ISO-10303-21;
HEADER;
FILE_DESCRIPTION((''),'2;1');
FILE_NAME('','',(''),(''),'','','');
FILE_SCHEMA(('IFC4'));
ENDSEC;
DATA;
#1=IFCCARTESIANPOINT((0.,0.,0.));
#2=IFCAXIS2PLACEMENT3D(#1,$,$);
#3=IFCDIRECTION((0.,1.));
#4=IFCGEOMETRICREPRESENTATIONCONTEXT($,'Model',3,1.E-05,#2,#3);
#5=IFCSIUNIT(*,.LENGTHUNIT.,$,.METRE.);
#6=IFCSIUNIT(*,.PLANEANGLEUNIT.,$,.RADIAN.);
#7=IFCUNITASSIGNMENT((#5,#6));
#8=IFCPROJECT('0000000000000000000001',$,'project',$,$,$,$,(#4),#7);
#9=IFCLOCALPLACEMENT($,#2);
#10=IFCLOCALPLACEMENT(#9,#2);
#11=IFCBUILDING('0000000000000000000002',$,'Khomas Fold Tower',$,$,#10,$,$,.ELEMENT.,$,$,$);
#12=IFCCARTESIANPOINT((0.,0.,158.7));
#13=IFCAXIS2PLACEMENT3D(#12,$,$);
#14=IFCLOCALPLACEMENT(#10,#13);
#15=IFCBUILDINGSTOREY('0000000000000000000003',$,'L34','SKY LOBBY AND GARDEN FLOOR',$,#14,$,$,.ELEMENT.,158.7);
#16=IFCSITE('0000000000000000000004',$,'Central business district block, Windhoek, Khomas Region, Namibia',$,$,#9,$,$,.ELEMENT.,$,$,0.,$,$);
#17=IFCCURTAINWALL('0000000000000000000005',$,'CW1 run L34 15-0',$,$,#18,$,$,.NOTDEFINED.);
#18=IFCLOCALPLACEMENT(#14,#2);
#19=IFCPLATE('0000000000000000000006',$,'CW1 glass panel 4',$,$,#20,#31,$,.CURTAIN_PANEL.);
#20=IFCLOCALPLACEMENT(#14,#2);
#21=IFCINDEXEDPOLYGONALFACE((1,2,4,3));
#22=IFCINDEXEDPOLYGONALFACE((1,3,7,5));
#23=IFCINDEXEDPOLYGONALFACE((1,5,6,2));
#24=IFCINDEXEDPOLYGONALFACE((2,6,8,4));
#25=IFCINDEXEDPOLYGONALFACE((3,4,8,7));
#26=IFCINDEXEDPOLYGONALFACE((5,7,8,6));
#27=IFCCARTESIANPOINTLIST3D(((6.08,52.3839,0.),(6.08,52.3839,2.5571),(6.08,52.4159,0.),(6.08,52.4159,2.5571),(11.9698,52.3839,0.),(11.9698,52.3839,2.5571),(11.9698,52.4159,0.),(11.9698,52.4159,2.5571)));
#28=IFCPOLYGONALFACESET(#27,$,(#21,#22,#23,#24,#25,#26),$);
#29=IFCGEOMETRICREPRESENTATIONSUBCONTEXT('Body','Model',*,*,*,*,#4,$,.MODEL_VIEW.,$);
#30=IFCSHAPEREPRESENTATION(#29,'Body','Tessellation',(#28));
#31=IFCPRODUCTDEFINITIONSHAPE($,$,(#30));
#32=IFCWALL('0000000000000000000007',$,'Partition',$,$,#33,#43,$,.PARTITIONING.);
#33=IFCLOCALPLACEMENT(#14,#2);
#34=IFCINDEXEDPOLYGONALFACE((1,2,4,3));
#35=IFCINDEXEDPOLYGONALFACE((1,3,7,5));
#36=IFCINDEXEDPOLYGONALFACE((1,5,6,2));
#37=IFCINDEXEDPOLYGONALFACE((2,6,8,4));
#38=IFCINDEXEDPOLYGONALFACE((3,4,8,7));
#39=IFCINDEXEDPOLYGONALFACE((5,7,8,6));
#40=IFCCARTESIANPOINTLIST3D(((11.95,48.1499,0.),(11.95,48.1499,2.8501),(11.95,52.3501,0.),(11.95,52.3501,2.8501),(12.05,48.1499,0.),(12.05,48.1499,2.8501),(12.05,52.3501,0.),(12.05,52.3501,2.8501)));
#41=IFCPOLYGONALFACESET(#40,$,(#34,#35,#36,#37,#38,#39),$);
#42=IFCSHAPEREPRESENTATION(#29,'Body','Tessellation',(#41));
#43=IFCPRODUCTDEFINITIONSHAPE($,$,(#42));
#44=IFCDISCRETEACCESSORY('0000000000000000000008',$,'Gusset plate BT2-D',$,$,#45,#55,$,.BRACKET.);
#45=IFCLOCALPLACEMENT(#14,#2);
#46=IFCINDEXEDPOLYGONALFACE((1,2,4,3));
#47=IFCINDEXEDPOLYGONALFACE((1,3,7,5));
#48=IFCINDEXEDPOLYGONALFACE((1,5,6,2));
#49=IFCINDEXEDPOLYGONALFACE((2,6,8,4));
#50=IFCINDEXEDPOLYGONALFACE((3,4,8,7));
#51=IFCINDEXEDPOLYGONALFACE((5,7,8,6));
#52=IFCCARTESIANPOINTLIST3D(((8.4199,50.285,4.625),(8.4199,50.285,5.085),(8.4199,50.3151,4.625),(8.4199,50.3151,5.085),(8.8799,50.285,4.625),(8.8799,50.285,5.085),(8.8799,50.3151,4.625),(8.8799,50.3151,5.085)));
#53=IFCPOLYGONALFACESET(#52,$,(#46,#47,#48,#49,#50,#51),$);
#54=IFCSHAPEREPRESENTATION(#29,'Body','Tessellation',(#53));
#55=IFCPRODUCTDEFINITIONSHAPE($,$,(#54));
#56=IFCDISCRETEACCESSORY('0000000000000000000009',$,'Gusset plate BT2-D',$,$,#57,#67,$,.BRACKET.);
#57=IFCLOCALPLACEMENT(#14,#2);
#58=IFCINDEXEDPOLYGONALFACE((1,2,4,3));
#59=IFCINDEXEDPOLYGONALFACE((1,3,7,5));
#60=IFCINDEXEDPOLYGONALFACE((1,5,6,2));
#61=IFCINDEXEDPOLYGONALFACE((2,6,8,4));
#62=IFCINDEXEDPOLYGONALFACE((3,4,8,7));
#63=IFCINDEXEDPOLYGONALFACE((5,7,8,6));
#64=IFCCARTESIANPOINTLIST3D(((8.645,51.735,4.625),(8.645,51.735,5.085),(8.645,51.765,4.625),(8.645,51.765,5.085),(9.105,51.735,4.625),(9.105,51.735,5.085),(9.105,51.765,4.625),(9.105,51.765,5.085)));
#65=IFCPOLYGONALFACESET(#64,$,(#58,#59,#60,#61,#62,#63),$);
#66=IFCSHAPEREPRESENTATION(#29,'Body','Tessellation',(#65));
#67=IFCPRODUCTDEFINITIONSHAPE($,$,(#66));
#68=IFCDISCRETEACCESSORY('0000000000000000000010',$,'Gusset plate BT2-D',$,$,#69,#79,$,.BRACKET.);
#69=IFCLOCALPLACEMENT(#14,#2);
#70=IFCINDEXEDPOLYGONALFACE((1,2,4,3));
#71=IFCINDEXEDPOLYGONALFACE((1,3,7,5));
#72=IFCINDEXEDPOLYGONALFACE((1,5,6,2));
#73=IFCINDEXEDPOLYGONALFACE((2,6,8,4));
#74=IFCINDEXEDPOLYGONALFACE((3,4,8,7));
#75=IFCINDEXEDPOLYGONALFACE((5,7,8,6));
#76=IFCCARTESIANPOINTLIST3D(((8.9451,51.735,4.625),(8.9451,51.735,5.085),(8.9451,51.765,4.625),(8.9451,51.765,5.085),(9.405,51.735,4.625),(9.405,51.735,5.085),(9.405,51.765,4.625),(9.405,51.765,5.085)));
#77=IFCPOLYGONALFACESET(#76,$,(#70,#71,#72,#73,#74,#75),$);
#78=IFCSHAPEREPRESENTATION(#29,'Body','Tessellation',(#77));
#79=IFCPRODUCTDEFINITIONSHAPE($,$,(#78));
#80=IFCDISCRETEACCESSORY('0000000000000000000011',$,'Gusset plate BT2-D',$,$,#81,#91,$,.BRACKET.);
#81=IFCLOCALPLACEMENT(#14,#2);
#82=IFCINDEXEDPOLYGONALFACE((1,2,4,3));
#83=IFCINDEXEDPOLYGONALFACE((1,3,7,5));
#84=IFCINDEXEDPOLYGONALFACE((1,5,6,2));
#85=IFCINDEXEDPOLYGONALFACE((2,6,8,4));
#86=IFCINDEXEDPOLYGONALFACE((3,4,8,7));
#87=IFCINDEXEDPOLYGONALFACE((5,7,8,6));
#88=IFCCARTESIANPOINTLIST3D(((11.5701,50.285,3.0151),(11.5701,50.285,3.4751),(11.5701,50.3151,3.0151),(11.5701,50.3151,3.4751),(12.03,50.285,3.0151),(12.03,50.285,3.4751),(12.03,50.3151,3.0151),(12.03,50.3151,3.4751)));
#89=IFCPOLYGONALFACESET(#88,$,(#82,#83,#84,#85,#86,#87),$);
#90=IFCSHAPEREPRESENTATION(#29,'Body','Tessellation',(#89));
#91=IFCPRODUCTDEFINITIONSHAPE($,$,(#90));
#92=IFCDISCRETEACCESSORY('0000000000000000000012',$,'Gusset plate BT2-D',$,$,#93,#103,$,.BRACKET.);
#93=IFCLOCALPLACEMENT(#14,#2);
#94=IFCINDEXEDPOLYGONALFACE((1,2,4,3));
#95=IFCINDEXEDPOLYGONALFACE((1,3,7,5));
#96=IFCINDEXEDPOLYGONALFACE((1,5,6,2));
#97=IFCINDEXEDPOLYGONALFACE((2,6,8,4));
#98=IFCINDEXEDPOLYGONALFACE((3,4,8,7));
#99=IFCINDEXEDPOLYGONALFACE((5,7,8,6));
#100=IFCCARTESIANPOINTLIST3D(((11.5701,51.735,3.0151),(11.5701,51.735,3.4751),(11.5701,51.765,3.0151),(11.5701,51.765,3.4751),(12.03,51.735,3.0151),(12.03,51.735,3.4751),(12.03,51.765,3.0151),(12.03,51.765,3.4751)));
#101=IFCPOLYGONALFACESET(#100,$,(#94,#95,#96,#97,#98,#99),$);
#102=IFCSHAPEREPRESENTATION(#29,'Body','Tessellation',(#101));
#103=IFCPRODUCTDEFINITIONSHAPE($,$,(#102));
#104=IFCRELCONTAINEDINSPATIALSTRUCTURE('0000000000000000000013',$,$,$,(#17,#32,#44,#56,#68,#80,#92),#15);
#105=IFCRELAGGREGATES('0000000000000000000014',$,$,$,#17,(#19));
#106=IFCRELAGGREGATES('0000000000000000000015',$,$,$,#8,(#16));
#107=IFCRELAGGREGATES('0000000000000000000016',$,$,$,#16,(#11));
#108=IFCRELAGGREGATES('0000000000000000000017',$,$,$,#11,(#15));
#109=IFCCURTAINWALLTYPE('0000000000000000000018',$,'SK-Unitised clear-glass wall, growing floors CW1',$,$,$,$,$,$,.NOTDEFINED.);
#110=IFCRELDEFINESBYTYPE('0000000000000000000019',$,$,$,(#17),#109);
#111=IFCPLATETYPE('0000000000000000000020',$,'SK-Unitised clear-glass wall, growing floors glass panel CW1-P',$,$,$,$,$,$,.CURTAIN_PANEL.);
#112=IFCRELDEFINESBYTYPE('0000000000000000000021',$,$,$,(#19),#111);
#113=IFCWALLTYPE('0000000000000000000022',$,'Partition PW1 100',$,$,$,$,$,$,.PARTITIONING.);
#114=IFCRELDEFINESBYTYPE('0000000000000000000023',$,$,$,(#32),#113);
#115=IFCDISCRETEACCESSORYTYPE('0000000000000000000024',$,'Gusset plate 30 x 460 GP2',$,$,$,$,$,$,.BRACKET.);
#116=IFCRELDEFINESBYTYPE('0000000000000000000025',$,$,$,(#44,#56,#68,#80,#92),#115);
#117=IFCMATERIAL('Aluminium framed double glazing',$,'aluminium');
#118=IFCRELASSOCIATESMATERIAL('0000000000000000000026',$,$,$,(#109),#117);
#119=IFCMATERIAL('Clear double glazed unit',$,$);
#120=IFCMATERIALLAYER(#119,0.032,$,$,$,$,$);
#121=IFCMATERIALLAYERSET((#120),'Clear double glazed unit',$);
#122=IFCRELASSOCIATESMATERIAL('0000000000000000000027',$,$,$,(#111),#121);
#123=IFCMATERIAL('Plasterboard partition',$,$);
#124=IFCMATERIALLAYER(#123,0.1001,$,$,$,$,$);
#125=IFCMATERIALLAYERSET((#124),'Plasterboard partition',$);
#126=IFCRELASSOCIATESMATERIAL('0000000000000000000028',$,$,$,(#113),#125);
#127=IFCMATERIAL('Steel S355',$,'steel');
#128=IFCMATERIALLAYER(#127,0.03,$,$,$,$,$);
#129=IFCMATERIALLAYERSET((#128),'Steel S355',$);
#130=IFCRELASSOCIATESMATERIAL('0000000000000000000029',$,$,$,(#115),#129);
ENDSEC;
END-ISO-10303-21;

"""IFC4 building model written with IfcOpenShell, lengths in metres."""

from ifc_helpers import new_model, si_unit, direction, frame, frame_2d, origin, origin_2d, place, context, subcontext, project, spatial, rectangle, extrude, source, transform, mapped, material, layer, layer_set, type_object, element, aggregate, save


model = new_model("IFC4")

# Units and contexts
model_context = context("Model", 3, precision=1e-05, world=origin(), true_north=direction((0.0, 1.0)))
body_context = subcontext(model_context, "Body", "Model", "MODEL_VIEW")
ifc_project = project(units=[si_unit("LENGTHUNIT", "METRE"), si_unit("PLANEANGLEUNIT", "RADIAN")], contexts=[model_context])

# Site, building, storey
site_placement = place(None, origin())
site = spatial("IfcSite", under=ifc_project, at=site_placement, Name="Central business district block, Windhoek, Khomas Region, Namibia", CompositionType="ELEMENT", RefElevation=0.0)
building_placement = place(site_placement, origin())
building = spatial("IfcBuilding", under=site, at=building_placement, Name="Khomas Fold Tower", CompositionType="ELEMENT")
storey_placement = place(building_placement, frame((0.0, 0.0, 158.7)))
storey = spatial("IfcBuildingStorey", under=building, at=storey_placement, Name="L34", Description="SKY LOBBY AND GARDEN FLOOR", CompositionType="ELEMENT", Elevation=158.7)

# Curtain wall, plate
ifc_material_1 = material(Name="Aluminium framed double glazing", Category="aluminium")
curtain_wall_type = type_object("IfcCurtainWallType", Name="SK-Unitised clear-glass wall, growing floors CW1", PredefinedType="NOTDEFINED", material=ifc_material_1)
curtain_wall_placement = place(storey_placement, origin())
curtain_wall = element("IfcCurtainWall", 1, at=curtain_wall_placement, inside=storey, type_object=curtain_wall_type, Name="CW1 run L34 15-0", PredefinedType="NOTDEFINED")
ifc_material_2 = material(Name="Clear double glazed unit")
ifc_layer_1 = layer(ifc_material_2, 0.032)
ifc_layer_set_1 = layer_set([ifc_layer_1], Name="Clear double glazed unit")
plate_type_1 = type_object("IfcPlateType", Name="SK-Unitised clear-glass wall, growing floors glass panel CW1-P", PredefinedType="CURTAIN_PANEL", material=ifc_layer_set_1)
shared_shape_1 = source(origin(), body_context, "Body", "SweptSolid", [
    extrude(rectangle(XDim=5.8899, YDim=0.032, at=origin_2d()), origin(), (0.0, 0.0, 1.0), 2.5571),
])
plate_1_placement = place(storey_placement, frame((9.0249, 52.3999, 0.0), z_axis=(0.0, 0.0, 1.0), x_axis=(-1.0, 0.0, 0.0)))
plate_1 = element("IfcPlate", 2, at=plate_1_placement, type_object=plate_type_1, Name="CW1 glass panel 4", PredefinedType="CURTAIN_PANEL", context=body_context, shape_type="MappedRepresentation", body=[
    mapped(shared_shape_1, transform((0.0, 0.0, 0.0))),
])
aggregate(curtain_wall, [plate_1])

# Wall
ifc_material_3 = material(Name="Plasterboard partition")
ifc_layer_2 = layer(ifc_material_3, 0.1001)
ifc_layer_set_2 = layer_set([ifc_layer_2], Name="Plasterboard partition")
wall_type = type_object("IfcWallType", Name="Partition PW1 100", PredefinedType="PARTITIONING", material=ifc_layer_set_2)
shared_shape_2 = source(origin(), body_context, "Body", "SweptSolid", [
    extrude(rectangle(XDim=4.2002, YDim=0.1001, at=frame_2d((2.1001, 0.0))), origin(), (0.0, 0.0, 1.0), 2.8501),
])
wall_placement = place(storey_placement, frame((12.0, 48.1499, 0.0), z_axis=(0.0, 0.0, 1.0), x_axis=(0.0, 1.0, 0.0)))
element("IfcWall", 3, at=wall_placement, inside=storey, type_object=wall_type, Name="Partition", PredefinedType="PARTITIONING", context=body_context, shape_type="MappedRepresentation", body=[
    mapped(shared_shape_2, transform((0.0, 0.0, 0.0))),
])

# Discrete accessories
ifc_material_4 = material(Name="Steel S355", Category="steel")
ifc_layer_3 = layer(ifc_material_4, 0.03)
ifc_layer_set_3 = layer_set([ifc_layer_3], Name="Steel S355")
discrete_accessory_type = type_object("IfcDiscreteAccessoryType", Name="Gusset plate 30 x 460 GP2", PredefinedType="BRACKET", material=ifc_layer_set_3)
shared_shape_3 = source(origin(), body_context, "Body", "SweptSolid", [
    extrude(rectangle(XDim=0.46, YDim=0.03, at=origin_2d()), origin(), (0.0, 0.0, 1.0), 0.46),
])
for number, where, z_axis, x_axis, name in (
    (4, (8.6499, 50.3, 4.625), (0.0, 0.0, 1.0), (1.0, 0.0, 0.0), "Gusset plate BT2-D"),
    (5, (8.875, 51.75, 4.625), (0.0, 0.0, 1.0), (1.0, 0.0, 0.0), "Gusset plate BT2-D"),
    (6, (9.175, 51.75, 4.625), (0.0, 0.0, 1.0), (1.0, 0.0, 0.0), "Gusset plate BT2-D"),
    (7, (11.8, 50.3, 3.0151), (0.0, 0.0, 1.0), (1.0, 0.0, 0.0), "Gusset plate BT2-D"),
    (8, (11.8, 51.75, 3.0151), (0.0, 0.0, 1.0), (1.0, 0.0, 0.0), "Gusset plate BT2-D"),
):
    element("IfcDiscreteAccessory", number, at=place(storey_placement, frame(where, z_axis=z_axis, x_axis=x_axis)), inside=storey, type_object=discrete_accessory_type, Name=name, PredefinedType="BRACKET", context=body_context, shape_type="MappedRepresentation", body=[
        mapped(shared_shape_3, transform((0.0, 0.0, 0.0))),
    ])

save(model, "model.ifc")
